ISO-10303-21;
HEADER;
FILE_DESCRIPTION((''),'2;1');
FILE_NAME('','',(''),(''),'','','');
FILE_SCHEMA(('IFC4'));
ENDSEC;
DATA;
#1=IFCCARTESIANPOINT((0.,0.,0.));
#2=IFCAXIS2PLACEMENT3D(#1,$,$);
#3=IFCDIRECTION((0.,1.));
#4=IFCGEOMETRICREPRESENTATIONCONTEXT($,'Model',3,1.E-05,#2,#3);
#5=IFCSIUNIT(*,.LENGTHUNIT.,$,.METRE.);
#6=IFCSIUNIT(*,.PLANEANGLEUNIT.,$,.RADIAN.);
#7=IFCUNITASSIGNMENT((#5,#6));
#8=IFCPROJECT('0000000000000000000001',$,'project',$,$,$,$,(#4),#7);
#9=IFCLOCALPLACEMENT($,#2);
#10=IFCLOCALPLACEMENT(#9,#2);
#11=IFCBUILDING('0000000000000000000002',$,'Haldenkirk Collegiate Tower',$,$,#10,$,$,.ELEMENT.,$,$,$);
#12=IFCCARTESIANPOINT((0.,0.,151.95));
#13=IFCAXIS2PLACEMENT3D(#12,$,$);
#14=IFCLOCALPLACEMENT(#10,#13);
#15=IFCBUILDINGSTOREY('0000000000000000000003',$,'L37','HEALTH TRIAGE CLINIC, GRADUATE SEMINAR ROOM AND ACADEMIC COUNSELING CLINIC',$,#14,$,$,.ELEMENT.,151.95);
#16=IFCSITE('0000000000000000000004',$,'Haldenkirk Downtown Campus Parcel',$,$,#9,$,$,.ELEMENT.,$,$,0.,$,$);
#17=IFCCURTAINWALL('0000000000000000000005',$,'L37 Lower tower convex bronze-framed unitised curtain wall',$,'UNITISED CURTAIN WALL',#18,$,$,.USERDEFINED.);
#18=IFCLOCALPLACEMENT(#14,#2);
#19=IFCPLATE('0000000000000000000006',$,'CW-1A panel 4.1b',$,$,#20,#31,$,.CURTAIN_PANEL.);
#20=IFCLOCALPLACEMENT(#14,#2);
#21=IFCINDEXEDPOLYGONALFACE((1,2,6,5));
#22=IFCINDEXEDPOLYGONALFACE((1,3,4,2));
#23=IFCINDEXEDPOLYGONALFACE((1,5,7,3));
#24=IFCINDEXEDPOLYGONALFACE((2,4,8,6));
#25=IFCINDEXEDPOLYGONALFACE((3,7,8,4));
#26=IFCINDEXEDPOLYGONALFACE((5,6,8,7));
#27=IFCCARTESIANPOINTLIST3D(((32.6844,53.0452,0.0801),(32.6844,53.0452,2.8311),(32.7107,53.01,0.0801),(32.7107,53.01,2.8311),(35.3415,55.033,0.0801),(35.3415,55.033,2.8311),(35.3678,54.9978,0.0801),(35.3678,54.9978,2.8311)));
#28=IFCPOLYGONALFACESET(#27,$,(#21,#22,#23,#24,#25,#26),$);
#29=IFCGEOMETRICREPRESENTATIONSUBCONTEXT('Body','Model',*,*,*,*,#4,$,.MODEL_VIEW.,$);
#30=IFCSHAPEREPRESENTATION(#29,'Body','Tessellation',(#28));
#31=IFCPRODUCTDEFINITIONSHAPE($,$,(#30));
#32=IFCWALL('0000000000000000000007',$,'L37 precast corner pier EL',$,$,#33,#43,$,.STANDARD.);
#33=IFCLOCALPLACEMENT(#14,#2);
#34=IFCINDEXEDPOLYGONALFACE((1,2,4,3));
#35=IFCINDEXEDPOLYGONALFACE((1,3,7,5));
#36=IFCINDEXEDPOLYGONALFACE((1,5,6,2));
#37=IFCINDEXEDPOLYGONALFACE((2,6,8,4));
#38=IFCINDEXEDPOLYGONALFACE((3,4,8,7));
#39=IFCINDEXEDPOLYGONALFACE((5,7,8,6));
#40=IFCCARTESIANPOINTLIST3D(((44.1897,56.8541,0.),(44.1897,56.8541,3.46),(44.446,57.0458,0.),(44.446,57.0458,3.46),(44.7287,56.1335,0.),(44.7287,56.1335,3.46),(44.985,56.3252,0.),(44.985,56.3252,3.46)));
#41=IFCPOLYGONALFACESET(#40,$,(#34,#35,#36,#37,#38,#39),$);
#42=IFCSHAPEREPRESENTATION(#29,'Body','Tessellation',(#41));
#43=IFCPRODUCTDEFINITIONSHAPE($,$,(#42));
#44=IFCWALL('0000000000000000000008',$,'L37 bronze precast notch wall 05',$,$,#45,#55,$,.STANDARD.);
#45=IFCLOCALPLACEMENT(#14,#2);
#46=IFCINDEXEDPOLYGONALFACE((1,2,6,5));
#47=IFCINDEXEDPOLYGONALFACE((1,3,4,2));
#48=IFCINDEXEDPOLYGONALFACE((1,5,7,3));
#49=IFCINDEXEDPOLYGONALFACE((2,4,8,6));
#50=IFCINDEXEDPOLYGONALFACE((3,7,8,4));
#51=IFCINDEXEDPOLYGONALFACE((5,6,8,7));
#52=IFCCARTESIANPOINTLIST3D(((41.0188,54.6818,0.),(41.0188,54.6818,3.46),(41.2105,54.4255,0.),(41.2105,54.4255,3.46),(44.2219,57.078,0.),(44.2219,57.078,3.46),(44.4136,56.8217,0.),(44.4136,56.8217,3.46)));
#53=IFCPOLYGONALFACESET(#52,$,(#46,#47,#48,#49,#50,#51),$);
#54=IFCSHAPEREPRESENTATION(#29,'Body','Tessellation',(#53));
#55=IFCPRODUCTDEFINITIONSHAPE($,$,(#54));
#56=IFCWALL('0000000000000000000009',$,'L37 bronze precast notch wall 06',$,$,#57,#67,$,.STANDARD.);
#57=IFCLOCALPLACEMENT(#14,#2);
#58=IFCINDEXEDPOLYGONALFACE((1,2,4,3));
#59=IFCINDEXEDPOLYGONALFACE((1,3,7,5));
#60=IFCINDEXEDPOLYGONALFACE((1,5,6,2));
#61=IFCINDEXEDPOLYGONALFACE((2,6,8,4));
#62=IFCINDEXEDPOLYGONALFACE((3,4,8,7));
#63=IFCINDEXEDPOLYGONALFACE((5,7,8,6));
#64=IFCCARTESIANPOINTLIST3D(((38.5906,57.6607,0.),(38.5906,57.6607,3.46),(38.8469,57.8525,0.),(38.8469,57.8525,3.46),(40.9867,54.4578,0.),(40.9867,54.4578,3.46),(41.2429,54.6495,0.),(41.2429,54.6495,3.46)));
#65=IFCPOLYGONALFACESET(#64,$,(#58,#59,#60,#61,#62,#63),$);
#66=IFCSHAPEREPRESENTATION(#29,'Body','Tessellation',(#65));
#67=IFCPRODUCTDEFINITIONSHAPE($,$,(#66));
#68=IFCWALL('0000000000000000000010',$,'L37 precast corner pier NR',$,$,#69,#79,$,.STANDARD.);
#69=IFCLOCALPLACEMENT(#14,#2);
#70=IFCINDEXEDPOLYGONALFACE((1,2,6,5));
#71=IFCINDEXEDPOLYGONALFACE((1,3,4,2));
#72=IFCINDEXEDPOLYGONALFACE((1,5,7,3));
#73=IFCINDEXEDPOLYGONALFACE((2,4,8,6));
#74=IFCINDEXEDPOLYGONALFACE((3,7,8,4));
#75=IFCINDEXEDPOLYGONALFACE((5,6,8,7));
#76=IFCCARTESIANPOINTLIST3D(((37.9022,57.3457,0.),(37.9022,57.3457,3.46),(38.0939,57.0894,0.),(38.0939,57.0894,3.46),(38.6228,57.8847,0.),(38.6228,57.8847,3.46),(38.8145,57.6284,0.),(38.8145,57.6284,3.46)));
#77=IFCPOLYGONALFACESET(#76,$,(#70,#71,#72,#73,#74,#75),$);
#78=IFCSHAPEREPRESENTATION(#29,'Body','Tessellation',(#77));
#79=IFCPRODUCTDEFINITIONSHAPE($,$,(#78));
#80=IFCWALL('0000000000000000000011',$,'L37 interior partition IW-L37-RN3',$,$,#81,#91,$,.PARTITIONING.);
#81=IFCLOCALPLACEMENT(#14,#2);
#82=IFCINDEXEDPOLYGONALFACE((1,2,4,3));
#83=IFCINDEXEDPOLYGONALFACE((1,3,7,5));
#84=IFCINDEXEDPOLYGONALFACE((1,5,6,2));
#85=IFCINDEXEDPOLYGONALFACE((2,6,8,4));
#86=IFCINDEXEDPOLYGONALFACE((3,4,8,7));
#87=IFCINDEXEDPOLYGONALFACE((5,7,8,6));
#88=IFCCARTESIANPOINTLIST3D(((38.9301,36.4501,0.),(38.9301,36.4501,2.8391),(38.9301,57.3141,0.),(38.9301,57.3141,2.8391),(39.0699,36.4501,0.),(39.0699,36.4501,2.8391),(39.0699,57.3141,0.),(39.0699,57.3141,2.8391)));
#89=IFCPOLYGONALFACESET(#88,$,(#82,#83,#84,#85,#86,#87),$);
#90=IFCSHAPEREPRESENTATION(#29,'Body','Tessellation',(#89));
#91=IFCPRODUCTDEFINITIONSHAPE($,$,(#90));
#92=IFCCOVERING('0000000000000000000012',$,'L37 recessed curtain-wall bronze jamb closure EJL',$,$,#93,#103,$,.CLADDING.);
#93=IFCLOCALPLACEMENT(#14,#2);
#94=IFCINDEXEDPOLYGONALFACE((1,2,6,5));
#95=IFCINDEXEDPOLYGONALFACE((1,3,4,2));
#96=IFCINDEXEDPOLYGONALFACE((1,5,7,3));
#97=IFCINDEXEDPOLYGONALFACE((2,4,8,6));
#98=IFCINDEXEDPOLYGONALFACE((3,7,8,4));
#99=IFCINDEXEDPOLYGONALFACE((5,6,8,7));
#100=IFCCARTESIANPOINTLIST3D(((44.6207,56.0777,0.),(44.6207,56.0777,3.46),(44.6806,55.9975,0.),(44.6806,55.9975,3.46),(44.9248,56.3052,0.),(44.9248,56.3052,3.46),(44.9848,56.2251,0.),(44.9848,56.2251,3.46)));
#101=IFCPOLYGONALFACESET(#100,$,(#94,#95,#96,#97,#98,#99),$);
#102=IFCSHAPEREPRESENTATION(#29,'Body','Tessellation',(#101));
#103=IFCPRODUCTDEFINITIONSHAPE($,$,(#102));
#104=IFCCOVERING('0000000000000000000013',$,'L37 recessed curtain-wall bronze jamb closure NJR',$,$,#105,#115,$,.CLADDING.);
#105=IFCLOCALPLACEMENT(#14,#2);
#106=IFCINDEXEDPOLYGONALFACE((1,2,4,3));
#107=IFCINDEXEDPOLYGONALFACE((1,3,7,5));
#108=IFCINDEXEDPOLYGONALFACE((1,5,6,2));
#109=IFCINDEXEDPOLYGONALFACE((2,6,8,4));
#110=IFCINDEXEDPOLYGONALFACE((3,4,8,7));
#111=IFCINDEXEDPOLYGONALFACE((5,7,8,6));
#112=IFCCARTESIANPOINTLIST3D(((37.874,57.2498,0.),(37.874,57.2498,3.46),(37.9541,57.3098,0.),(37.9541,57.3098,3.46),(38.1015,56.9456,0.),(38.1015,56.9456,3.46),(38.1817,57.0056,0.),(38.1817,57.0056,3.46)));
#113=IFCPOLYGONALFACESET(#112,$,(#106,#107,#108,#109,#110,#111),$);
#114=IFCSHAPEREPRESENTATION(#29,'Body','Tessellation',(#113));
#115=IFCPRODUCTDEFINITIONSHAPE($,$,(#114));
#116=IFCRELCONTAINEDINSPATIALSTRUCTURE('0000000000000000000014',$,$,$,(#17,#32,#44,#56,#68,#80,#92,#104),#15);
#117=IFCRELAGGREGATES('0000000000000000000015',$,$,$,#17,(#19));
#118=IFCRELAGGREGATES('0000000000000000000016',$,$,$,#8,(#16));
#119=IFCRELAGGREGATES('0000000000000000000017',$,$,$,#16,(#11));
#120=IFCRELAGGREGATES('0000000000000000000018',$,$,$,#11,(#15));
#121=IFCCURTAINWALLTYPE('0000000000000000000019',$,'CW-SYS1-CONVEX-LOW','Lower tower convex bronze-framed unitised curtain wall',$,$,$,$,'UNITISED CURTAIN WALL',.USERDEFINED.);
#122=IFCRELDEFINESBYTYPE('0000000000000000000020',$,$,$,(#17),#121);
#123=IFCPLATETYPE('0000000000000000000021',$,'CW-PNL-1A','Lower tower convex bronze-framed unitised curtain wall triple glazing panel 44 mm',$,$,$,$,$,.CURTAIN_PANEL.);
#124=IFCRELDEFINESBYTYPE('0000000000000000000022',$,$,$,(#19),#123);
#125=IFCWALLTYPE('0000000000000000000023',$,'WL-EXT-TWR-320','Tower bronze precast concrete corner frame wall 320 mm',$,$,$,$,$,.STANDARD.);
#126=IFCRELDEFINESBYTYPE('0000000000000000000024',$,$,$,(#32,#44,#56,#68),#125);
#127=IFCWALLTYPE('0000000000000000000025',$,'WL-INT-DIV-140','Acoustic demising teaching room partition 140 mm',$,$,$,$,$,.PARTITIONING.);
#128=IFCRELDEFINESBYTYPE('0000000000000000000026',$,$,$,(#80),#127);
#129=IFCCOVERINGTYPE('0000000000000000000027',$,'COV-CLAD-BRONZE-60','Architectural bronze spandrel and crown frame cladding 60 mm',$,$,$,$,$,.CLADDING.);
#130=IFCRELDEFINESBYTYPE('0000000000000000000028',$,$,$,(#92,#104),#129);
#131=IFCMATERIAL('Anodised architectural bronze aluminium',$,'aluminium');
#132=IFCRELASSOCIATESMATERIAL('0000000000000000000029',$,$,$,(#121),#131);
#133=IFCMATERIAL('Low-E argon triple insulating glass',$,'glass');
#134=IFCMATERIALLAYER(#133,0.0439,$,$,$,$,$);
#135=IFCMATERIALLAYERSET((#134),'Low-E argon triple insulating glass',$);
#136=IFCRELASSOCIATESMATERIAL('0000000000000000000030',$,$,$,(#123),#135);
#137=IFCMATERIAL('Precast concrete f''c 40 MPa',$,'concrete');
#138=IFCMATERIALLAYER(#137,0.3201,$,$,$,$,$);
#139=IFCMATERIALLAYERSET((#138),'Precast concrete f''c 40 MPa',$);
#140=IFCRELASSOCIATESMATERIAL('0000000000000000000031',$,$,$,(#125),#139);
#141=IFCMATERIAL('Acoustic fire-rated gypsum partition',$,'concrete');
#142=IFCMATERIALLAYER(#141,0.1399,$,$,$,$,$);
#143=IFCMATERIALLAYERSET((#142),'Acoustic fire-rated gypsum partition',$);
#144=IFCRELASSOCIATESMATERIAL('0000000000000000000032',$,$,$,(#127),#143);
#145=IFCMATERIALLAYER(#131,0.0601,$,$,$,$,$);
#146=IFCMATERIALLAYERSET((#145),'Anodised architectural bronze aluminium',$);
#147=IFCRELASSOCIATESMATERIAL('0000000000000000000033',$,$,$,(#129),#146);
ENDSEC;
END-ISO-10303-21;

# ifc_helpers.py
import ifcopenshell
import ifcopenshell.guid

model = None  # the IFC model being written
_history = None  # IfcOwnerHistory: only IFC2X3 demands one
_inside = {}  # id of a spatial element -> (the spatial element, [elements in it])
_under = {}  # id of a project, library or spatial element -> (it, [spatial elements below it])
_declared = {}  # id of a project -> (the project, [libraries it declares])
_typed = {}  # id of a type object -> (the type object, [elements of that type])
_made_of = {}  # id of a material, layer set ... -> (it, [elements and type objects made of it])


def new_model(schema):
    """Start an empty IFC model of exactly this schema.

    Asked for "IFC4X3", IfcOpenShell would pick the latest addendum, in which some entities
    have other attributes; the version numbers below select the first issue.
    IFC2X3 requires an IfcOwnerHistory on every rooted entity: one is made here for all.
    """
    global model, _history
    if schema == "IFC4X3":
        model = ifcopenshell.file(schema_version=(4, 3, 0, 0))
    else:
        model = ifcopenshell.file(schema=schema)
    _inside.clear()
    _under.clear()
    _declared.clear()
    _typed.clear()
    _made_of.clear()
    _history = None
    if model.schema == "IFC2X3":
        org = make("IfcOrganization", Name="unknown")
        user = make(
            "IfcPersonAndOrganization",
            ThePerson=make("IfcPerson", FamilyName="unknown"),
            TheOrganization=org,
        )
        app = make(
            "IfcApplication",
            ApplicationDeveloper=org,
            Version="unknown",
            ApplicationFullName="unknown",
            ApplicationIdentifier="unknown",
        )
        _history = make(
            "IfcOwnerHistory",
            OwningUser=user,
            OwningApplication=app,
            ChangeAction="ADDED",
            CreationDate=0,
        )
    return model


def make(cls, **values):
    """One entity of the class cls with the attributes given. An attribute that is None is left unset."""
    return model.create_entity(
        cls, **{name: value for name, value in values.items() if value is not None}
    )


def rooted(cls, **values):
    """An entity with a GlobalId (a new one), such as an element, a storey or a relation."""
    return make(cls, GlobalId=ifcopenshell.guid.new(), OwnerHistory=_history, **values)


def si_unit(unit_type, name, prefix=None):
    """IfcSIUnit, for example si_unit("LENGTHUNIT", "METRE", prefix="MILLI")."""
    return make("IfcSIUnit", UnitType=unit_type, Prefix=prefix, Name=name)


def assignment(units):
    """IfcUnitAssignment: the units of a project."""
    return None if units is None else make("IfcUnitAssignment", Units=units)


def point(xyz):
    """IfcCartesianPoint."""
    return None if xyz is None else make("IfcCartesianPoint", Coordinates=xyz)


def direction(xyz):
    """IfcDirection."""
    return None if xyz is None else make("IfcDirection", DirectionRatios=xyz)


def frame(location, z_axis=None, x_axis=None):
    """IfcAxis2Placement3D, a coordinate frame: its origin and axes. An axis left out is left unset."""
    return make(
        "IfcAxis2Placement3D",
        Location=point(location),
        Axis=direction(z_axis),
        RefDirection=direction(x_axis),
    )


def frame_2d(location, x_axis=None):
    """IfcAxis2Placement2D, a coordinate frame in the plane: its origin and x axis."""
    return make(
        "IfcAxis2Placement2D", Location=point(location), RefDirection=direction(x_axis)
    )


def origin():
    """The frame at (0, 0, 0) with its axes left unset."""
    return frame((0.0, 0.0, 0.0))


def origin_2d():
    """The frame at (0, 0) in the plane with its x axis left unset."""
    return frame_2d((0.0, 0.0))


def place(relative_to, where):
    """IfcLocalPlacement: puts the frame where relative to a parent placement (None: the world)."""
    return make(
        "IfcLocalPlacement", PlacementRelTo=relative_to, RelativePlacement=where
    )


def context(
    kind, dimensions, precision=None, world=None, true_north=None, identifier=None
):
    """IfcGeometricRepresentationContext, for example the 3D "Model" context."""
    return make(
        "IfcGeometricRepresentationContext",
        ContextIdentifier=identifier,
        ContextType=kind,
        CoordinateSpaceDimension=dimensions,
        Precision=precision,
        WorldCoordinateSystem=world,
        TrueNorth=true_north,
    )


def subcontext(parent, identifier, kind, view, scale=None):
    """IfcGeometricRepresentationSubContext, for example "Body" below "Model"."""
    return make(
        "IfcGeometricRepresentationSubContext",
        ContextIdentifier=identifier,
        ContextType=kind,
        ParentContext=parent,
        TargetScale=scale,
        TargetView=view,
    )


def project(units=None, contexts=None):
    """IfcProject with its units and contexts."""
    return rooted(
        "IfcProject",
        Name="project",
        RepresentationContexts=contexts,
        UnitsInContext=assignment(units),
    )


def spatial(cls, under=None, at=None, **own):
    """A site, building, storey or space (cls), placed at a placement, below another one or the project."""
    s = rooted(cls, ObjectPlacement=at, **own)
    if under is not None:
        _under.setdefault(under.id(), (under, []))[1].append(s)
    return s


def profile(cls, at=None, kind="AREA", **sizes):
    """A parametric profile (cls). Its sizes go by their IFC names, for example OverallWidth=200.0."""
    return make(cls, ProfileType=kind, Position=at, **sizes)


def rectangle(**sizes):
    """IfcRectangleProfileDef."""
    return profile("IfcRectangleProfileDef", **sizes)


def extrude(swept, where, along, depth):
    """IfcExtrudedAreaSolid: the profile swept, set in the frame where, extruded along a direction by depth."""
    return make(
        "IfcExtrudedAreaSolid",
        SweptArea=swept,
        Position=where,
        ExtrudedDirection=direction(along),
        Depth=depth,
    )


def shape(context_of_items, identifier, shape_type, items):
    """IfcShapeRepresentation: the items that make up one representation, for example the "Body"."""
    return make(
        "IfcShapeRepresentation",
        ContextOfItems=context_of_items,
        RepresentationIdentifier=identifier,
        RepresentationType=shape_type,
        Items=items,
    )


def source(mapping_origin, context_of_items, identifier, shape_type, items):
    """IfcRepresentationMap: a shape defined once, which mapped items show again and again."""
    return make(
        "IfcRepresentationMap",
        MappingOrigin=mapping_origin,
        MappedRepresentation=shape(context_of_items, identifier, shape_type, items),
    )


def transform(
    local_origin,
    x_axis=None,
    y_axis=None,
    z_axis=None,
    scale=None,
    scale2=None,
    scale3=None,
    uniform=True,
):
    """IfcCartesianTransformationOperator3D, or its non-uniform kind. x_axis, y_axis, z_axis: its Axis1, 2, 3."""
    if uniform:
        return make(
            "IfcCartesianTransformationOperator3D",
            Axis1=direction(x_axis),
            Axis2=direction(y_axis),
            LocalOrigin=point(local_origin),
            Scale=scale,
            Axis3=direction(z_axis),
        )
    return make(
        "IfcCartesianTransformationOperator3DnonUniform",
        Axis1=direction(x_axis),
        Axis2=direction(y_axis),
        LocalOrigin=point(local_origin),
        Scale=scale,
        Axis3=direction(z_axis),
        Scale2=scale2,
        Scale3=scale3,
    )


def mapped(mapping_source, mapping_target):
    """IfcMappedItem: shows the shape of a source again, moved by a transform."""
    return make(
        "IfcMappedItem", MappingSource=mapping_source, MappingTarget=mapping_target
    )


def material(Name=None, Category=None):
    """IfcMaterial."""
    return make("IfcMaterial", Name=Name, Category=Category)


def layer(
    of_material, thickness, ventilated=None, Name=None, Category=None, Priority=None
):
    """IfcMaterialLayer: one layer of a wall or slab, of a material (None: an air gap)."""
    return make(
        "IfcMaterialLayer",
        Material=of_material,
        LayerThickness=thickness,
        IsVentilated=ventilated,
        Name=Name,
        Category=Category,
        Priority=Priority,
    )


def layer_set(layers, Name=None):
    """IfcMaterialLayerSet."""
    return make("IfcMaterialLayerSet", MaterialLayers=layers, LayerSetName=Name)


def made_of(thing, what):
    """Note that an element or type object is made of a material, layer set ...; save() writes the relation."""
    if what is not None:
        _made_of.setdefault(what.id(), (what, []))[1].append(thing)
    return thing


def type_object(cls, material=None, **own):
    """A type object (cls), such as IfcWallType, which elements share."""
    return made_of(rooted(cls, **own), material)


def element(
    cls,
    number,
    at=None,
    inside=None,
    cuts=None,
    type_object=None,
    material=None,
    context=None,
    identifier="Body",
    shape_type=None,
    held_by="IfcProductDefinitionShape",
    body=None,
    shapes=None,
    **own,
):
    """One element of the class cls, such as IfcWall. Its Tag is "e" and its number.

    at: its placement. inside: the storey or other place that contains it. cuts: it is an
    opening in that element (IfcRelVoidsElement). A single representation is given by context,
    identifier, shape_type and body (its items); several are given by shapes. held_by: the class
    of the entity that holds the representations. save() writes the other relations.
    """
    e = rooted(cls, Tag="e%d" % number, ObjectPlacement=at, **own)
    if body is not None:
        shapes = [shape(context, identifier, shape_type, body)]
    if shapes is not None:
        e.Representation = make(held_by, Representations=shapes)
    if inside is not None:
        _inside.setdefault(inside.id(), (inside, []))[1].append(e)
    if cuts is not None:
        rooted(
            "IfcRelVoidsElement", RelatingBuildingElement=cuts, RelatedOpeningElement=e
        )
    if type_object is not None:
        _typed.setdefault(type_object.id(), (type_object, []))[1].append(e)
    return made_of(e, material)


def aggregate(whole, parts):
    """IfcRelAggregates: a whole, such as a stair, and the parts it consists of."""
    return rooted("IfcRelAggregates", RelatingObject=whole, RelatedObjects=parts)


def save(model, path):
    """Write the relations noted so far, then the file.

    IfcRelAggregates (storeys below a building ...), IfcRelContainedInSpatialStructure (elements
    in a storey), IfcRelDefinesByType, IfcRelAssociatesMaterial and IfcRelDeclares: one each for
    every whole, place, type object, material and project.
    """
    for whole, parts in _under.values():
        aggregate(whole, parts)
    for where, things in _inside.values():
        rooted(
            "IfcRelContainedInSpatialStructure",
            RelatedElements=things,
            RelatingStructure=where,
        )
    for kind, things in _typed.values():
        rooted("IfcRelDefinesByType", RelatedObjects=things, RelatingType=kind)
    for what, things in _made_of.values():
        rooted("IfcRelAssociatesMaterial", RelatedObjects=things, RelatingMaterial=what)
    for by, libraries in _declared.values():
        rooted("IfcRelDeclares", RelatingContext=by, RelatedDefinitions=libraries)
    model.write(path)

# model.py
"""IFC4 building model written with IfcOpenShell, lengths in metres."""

from ifc_helpers import new_model, si_unit, direction, frame, frame_2d, origin, origin_2d, place, context, subcontext, project, spatial, rectangle, extrude, source, transform, mapped, material, layer, layer_set, type_object, element, aggregate, save


model = new_model("IFC4")

# Units and contexts
model_context = context("Model", 3, precision=1e-05, world=origin(), true_north=direction((0.0, 1.0)))
body_context = subcontext(model_context, "Body", "Model", "MODEL_VIEW")
ifc_project = project(units=[si_unit("LENGTHUNIT", "METRE"), si_unit("PLANEANGLEUNIT", "RADIAN")], contexts=[model_context])

# Site, building, storey
site_placement = place(None, origin())
site = spatial("IfcSite", under=ifc_project, at=site_placement, Name="Haldenkirk Downtown Campus Parcel", CompositionType="ELEMENT", RefElevation=0.0)
building_placement = place(site_placement, origin())
building = spatial("IfcBuilding", under=site, at=building_placement, Name="Haldenkirk Collegiate Tower", CompositionType="ELEMENT")
storey_placement = place(building_placement, frame((0.0, 0.0, 151.95)))
storey = spatial("IfcBuildingStorey", under=building, at=storey_placement, Name="L37", Description="HEALTH TRIAGE CLINIC, GRADUATE SEMINAR ROOM AND ACADEMIC COUNSELING CLINIC", CompositionType="ELEMENT", Elevation=151.95)

# Curtain wall
ifc_material_1 = material(Name="Anodised architectural bronze aluminium", Category="aluminium")
curtain_wall_type = type_object("IfcCurtainWallType", Name="CW-SYS1-CONVEX-LOW", Description="Lower tower convex bronze-framed unitised curtain wall", ElementType="UNITISED CURTAIN WALL", PredefinedType="USERDEFINED", material=ifc_material_1)
curtain_wall_1_placement = place(storey_placement, origin())
curtain_wall_1 = element("IfcCurtainWall", 1, at=curtain_wall_1_placement, inside=storey, type_object=curtain_wall_type, Name="L37 Lower tower convex bronze-framed unitised curtain wall", ObjectType="UNITISED CURTAIN WALL", PredefinedType="USERDEFINED")

# Plate
ifc_material_2 = material(Name="Low-E argon triple insulating glass", Category="glass")
ifc_layer_1 = layer(ifc_material_2, 0.0439)
ifc_layer_set_1 = layer_set([ifc_layer_1], Name="Low-E argon triple insulating glass")
plate_type = type_object("IfcPlateType", Name="CW-PNL-1A", Description="Lower tower convex bronze-framed unitised curtain wall triple glazing panel 44 mm", PredefinedType="CURTAIN_PANEL", material=ifc_layer_set_1)
shared_shape_1 = source(origin(), body_context, "Body", "SweptSolid", [
    extrude(rectangle(XDim=3.3184, YDim=0.0439, at=origin_2d()), origin(), (0.0, 0.0, 1.0), 2.751),
])
plate_1_placement = place(storey_placement, frame((34.0261, 54.0215, 0.0801), z_axis=(0.0, 0.0, 1.0), x_axis=(0.80073, 0.599025, 0.0)))
plate_1 = element("IfcPlate", 2, at=plate_1_placement, type_object=plate_type, Name="CW-1A panel 4.1b", PredefinedType="CURTAIN_PANEL", context=body_context, shape_type="MappedRepresentation", body=[
    mapped(shared_shape_1, transform((0.0, 0.0, 0.0), x_axis=(1.0, 0.0, 0.0), y_axis=(0.0, 1.0, 0.0), z_axis=(0.0, 0.0, 1.0), scale=1.0)),
])
aggregate(curtain_wall_1, [plate_1])

# Walls
ifc_material_3 = material(Name="Precast concrete f'c 40 MPa", Category="concrete")
ifc_layer_2 = layer(ifc_material_3, 0.3201)
ifc_layer_set_2 = layer_set([ifc_layer_2], Name="Precast concrete f'c 40 MPa")
wall_type_1 = type_object("IfcWallType", Name="WL-EXT-TWR-320", Description="Tower bronze precast concrete corner frame wall 320 mm", PredefinedType="STANDARD", material=ifc_layer_set_2)
wall_1_placement = place(storey_placement, frame((44.3179, 56.95, 0.0), z_axis=(0.0, 0.0, 1.0), x_axis=(0.598958, -0.800781, 0.0)))
element("IfcWall", 3, at=wall_1_placement, inside=storey, type_object=wall_type_1, Name="L37 precast corner pier EL", PredefinedType="STANDARD", context=body_context, shape_type="SweptSolid", body=[
    extrude(rectangle(XDim=0.8999, YDim=0.3201, at=frame_2d((0.45, 0.0))), origin(), (0.0, 0.0, 1.0), 3.46),
])
wall_2_placement = place(storey_placement, frame((41.1147, 54.5537, 0.0), z_axis=(0.0, 0.0, 1.0), x_axis=(0.800732, 0.599023, 0.0)))
element("IfcWall", 4, at=wall_2_placement, inside=storey, type_object=wall_type_1, Name="L37 bronze precast notch wall 05", PredefinedType="STANDARD", context=body_context, shape_type="SweptSolid", body=[
    extrude(rectangle(XDim=4.0002, YDim=0.3201, at=frame_2d((2.0, 0.0))), origin(), (0.0, 0.0, 1.0), 3.46),
])
wall_3_placement = place(storey_placement, frame((38.7188, 57.7566, 0.0), z_axis=(0.0, 0.0, 1.0), x_axis=(0.599013, -0.800739, 0.0)))
element("IfcWall", 5, at=wall_3_placement, inside=storey, type_object=wall_type_1, Name="L37 bronze precast notch wall 06", PredefinedType="STANDARD", context=body_context, shape_type="SweptSolid", body=[
    extrude(rectangle(XDim=4.0, YDim=0.3201, at=frame_2d((2.0, 0.0))), origin(), (0.0, 0.0, 1.0), 3.46),
])
wall_4_placement = place(storey_placement, frame((37.998, 57.2175, 0.0), z_axis=(0.0, 0.0, 1.0), x_axis=(0.800781, 0.598958, 0.0)))
element("IfcWall", 6, at=wall_4_placement, inside=storey, type_object=wall_type_1, Name="L37 precast corner pier NR", PredefinedType="STANDARD", context=body_context, shape_type="SweptSolid", body=[
    extrude(rectangle(XDim=0.8999, YDim=0.3201, at=frame_2d((0.45, 0.0))), origin(), (0.0, 0.0, 1.0), 3.46),
])
ifc_material_4 = material(Name="Acoustic fire-rated gypsum partition", Category="concrete")
ifc_layer_3 = layer(ifc_material_4, 0.1399)
ifc_layer_set_3 = layer_set([ifc_layer_3], Name="Acoustic fire-rated gypsum partition")
wall_type_2 = type_object("IfcWallType", Name="WL-INT-DIV-140", Description="Acoustic demising teaching room partition 140 mm", PredefinedType="PARTITIONING", material=ifc_layer_set_3)
wall_5_placement = place(storey_placement, frame((39.0, 36.45, 0.0), z_axis=(0.0, 0.0, 1.0), x_axis=(0.0, 1.0, 0.0)))
element("IfcWall", 7, at=wall_5_placement, inside=storey, type_object=wall_type_2, Name="L37 interior partition IW-L37-RN3", PredefinedType="PARTITIONING", context=body_context, shape_type="SweptSolid", body=[
    extrude(rectangle(XDim=20.864, YDim=0.1399, at=frame_2d((10.4321, 0.0))), origin(), (0.0, 0.0, 1.0), 2.8391),
])

# Coverings
ifc_layer_4 = layer(ifc_material_1, 0.0601)
ifc_layer_set_4 = layer_set([ifc_layer_4], Name="Anodised architectural bronze aluminium")
covering_type = type_object("IfcCoveringType", Name="COV-CLAD-BRONZE-60", Description="Architectural bronze spandrel and crown frame cladding 60 mm", PredefinedType="CLADDING", material=ifc_layer_set_4)
shared_shape_2 = source(origin(), body_context, "Body", "SweptSolid", [
    extrude(rectangle(XDim=0.1001, YDim=0.3799, at=origin_2d()), origin(), (0.0, 0.0, 1.0), 3.46),
])
for number, where, z_axis, x_axis, name in (
    (8, (44.8027, 56.1514, 0.0), (0.0, 0.0, 1.0), (0.599024, -0.800731, 0.0), "L37 recessed curtain-wall bronze jamb closure EJL"),
    (9, (38.0278, 57.1277, 0.0), (0.0, 0.0, 1.0), (0.800731, 0.599024, 0.0), "L37 recessed curtain-wall bronze jamb closure NJR"),
):
    element("IfcCovering", number, at=place(storey_placement, frame(where, z_axis=z_axis, x_axis=x_axis)), inside=storey, type_object=covering_type, Name=name, PredefinedType="CLADDING", context=body_context, shape_type="MappedRepresentation", body=[
        mapped(shared_shape_2, transform((0.0, 0.0, 0.0), x_axis=(1.0, 0.0, 0.0), y_axis=(0.0, 1.0, 0.0), z_axis=(0.0, 0.0, 1.0), scale=1.0)),
    ])

save(model, "model.ifc")
